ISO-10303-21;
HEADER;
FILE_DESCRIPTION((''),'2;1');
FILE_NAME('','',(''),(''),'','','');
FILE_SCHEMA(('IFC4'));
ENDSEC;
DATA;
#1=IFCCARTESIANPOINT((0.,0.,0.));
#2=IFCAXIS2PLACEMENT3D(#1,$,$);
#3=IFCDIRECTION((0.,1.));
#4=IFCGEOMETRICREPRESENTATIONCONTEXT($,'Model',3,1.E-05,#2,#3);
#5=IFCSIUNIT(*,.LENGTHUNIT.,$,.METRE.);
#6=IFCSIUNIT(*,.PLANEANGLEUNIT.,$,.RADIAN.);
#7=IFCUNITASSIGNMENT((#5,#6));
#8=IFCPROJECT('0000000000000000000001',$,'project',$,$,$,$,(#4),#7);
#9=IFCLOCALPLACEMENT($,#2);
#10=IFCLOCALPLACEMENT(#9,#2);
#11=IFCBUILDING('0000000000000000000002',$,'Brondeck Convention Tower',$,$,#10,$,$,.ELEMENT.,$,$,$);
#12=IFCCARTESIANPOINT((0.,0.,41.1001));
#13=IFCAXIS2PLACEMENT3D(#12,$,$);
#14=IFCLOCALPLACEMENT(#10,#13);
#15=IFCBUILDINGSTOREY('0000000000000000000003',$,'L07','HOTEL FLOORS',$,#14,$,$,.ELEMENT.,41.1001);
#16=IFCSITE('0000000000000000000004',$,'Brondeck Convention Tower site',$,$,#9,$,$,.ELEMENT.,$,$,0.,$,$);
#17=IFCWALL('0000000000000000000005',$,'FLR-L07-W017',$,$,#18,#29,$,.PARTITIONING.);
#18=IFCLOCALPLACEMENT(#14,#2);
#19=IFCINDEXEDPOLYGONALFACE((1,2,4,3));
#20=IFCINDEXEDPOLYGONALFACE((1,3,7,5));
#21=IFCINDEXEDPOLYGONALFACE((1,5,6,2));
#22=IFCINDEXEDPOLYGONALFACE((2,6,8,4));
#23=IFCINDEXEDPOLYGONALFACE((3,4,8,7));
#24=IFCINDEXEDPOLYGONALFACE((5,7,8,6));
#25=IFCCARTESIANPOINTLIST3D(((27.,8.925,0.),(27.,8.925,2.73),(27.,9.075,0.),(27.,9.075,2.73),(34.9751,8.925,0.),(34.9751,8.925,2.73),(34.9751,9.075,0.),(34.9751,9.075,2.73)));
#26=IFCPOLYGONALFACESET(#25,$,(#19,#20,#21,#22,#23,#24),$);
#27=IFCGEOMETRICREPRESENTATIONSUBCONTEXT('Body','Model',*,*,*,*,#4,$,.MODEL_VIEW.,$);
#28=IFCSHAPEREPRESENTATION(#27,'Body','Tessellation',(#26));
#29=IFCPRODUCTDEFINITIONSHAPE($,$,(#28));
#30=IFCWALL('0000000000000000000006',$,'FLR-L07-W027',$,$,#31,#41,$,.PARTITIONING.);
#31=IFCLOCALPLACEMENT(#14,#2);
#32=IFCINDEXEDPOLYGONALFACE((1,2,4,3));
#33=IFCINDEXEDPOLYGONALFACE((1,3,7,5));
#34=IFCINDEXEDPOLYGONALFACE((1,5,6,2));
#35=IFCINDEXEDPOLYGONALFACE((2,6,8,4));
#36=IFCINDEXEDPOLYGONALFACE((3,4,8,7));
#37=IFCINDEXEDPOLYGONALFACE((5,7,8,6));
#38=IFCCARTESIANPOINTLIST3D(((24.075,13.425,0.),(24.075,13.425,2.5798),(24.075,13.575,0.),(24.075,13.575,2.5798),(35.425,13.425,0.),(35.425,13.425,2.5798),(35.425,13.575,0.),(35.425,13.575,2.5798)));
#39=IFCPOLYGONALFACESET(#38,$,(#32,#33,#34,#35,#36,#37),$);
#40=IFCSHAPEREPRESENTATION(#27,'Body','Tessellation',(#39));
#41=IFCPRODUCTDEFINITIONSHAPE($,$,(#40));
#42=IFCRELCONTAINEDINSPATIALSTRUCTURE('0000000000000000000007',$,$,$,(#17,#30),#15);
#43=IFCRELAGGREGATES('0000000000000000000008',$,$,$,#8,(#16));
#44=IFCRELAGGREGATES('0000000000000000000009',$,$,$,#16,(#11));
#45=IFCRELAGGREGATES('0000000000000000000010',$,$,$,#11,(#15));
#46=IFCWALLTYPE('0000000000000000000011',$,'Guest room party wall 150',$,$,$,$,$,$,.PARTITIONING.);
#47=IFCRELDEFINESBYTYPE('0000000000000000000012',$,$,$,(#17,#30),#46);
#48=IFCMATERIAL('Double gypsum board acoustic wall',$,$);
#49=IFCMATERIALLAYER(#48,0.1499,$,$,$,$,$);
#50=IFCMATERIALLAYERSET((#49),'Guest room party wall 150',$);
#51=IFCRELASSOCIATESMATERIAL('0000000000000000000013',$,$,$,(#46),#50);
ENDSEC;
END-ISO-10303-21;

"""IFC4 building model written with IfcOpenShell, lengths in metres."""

from ifc_helpers import new_model, si_unit, direction, frame, frame_2d, origin, place, context, subcontext, project, spatial, rectangle, extrude, material, layer, layer_set, type_object, element, save


model = new_model("IFC4")

# Units and contexts
model_context = context("Model", 3, precision=1e-05, world=origin(), true_north=direction((0.0, 1.0)))
body_context = subcontext(model_context, "Body", "Model", "MODEL_VIEW")
ifc_project = project(units=[si_unit("LENGTHUNIT", "METRE"), si_unit("PLANEANGLEUNIT", "RADIAN")], contexts=[model_context])

# Site, building, storey
site_placement = place(None, origin())
site = spatial("IfcSite", under=ifc_project, at=site_placement, Name="Brondeck Convention Tower site", CompositionType="ELEMENT", RefElevation=0.0)
building_placement = place(site_placement, origin())
building = spatial("IfcBuilding", under=site, at=building_placement, Name="Brondeck Convention Tower", CompositionType="ELEMENT")
storey_placement = place(building_placement, frame((0.0, 0.0, 41.1001)))
storey = spatial("IfcBuildingStorey", under=building, at=storey_placement, Name="L07", Description="HOTEL FLOORS", CompositionType="ELEMENT", Elevation=41.1001)

# Walls
ifc_material_1 = material(Name="Double gypsum board acoustic wall")
ifc_layer_1 = layer(ifc_material_1, 0.1499)
ifc_layer_set_1 = layer_set([ifc_layer_1], Name="Guest room party wall 150")
wall_type_1 = type_object("IfcWallType", Name="Guest room party wall 150", PredefinedType="PARTITIONING", material=ifc_layer_set_1)
wall_1_placement = place(storey_placement, frame((34.9751, 9.0, 0.0), z_axis=(0.0, 0.0, 1.0), x_axis=(-1.0, 0.0, 0.0)))
element("IfcWall", 1, at=wall_1_placement, inside=storey, type_object=wall_type_1, Name="FLR-L07-W017", PredefinedType="PARTITIONING", context=body_context, shape_type="SweptSolid", body=[
    extrude(rectangle(XDim=7.9751, YDim=0.1499, at=frame_2d((3.9875, 0.0))), origin(), (0.0, 0.0, 1.0), 2.73),
])
wall_2_placement = place(storey_placement, frame((35.425, 13.5, 0.0), z_axis=(0.0, 0.0, 1.0), x_axis=(-1.0, 0.0, 0.0)))
element("IfcWall", 2, at=wall_2_placement, inside=storey, type_object=wall_type_1, Name="FLR-L07-W027", PredefinedType="PARTITIONING", context=body_context, shape_type="SweptSolid", body=[
    extrude(rectangle(XDim=11.3501, YDim=0.1499, at=frame_2d((5.675, 0.0))), origin(), (0.0, 0.0, 1.0), 2.5798),
])

save(model, "model.ifc")
